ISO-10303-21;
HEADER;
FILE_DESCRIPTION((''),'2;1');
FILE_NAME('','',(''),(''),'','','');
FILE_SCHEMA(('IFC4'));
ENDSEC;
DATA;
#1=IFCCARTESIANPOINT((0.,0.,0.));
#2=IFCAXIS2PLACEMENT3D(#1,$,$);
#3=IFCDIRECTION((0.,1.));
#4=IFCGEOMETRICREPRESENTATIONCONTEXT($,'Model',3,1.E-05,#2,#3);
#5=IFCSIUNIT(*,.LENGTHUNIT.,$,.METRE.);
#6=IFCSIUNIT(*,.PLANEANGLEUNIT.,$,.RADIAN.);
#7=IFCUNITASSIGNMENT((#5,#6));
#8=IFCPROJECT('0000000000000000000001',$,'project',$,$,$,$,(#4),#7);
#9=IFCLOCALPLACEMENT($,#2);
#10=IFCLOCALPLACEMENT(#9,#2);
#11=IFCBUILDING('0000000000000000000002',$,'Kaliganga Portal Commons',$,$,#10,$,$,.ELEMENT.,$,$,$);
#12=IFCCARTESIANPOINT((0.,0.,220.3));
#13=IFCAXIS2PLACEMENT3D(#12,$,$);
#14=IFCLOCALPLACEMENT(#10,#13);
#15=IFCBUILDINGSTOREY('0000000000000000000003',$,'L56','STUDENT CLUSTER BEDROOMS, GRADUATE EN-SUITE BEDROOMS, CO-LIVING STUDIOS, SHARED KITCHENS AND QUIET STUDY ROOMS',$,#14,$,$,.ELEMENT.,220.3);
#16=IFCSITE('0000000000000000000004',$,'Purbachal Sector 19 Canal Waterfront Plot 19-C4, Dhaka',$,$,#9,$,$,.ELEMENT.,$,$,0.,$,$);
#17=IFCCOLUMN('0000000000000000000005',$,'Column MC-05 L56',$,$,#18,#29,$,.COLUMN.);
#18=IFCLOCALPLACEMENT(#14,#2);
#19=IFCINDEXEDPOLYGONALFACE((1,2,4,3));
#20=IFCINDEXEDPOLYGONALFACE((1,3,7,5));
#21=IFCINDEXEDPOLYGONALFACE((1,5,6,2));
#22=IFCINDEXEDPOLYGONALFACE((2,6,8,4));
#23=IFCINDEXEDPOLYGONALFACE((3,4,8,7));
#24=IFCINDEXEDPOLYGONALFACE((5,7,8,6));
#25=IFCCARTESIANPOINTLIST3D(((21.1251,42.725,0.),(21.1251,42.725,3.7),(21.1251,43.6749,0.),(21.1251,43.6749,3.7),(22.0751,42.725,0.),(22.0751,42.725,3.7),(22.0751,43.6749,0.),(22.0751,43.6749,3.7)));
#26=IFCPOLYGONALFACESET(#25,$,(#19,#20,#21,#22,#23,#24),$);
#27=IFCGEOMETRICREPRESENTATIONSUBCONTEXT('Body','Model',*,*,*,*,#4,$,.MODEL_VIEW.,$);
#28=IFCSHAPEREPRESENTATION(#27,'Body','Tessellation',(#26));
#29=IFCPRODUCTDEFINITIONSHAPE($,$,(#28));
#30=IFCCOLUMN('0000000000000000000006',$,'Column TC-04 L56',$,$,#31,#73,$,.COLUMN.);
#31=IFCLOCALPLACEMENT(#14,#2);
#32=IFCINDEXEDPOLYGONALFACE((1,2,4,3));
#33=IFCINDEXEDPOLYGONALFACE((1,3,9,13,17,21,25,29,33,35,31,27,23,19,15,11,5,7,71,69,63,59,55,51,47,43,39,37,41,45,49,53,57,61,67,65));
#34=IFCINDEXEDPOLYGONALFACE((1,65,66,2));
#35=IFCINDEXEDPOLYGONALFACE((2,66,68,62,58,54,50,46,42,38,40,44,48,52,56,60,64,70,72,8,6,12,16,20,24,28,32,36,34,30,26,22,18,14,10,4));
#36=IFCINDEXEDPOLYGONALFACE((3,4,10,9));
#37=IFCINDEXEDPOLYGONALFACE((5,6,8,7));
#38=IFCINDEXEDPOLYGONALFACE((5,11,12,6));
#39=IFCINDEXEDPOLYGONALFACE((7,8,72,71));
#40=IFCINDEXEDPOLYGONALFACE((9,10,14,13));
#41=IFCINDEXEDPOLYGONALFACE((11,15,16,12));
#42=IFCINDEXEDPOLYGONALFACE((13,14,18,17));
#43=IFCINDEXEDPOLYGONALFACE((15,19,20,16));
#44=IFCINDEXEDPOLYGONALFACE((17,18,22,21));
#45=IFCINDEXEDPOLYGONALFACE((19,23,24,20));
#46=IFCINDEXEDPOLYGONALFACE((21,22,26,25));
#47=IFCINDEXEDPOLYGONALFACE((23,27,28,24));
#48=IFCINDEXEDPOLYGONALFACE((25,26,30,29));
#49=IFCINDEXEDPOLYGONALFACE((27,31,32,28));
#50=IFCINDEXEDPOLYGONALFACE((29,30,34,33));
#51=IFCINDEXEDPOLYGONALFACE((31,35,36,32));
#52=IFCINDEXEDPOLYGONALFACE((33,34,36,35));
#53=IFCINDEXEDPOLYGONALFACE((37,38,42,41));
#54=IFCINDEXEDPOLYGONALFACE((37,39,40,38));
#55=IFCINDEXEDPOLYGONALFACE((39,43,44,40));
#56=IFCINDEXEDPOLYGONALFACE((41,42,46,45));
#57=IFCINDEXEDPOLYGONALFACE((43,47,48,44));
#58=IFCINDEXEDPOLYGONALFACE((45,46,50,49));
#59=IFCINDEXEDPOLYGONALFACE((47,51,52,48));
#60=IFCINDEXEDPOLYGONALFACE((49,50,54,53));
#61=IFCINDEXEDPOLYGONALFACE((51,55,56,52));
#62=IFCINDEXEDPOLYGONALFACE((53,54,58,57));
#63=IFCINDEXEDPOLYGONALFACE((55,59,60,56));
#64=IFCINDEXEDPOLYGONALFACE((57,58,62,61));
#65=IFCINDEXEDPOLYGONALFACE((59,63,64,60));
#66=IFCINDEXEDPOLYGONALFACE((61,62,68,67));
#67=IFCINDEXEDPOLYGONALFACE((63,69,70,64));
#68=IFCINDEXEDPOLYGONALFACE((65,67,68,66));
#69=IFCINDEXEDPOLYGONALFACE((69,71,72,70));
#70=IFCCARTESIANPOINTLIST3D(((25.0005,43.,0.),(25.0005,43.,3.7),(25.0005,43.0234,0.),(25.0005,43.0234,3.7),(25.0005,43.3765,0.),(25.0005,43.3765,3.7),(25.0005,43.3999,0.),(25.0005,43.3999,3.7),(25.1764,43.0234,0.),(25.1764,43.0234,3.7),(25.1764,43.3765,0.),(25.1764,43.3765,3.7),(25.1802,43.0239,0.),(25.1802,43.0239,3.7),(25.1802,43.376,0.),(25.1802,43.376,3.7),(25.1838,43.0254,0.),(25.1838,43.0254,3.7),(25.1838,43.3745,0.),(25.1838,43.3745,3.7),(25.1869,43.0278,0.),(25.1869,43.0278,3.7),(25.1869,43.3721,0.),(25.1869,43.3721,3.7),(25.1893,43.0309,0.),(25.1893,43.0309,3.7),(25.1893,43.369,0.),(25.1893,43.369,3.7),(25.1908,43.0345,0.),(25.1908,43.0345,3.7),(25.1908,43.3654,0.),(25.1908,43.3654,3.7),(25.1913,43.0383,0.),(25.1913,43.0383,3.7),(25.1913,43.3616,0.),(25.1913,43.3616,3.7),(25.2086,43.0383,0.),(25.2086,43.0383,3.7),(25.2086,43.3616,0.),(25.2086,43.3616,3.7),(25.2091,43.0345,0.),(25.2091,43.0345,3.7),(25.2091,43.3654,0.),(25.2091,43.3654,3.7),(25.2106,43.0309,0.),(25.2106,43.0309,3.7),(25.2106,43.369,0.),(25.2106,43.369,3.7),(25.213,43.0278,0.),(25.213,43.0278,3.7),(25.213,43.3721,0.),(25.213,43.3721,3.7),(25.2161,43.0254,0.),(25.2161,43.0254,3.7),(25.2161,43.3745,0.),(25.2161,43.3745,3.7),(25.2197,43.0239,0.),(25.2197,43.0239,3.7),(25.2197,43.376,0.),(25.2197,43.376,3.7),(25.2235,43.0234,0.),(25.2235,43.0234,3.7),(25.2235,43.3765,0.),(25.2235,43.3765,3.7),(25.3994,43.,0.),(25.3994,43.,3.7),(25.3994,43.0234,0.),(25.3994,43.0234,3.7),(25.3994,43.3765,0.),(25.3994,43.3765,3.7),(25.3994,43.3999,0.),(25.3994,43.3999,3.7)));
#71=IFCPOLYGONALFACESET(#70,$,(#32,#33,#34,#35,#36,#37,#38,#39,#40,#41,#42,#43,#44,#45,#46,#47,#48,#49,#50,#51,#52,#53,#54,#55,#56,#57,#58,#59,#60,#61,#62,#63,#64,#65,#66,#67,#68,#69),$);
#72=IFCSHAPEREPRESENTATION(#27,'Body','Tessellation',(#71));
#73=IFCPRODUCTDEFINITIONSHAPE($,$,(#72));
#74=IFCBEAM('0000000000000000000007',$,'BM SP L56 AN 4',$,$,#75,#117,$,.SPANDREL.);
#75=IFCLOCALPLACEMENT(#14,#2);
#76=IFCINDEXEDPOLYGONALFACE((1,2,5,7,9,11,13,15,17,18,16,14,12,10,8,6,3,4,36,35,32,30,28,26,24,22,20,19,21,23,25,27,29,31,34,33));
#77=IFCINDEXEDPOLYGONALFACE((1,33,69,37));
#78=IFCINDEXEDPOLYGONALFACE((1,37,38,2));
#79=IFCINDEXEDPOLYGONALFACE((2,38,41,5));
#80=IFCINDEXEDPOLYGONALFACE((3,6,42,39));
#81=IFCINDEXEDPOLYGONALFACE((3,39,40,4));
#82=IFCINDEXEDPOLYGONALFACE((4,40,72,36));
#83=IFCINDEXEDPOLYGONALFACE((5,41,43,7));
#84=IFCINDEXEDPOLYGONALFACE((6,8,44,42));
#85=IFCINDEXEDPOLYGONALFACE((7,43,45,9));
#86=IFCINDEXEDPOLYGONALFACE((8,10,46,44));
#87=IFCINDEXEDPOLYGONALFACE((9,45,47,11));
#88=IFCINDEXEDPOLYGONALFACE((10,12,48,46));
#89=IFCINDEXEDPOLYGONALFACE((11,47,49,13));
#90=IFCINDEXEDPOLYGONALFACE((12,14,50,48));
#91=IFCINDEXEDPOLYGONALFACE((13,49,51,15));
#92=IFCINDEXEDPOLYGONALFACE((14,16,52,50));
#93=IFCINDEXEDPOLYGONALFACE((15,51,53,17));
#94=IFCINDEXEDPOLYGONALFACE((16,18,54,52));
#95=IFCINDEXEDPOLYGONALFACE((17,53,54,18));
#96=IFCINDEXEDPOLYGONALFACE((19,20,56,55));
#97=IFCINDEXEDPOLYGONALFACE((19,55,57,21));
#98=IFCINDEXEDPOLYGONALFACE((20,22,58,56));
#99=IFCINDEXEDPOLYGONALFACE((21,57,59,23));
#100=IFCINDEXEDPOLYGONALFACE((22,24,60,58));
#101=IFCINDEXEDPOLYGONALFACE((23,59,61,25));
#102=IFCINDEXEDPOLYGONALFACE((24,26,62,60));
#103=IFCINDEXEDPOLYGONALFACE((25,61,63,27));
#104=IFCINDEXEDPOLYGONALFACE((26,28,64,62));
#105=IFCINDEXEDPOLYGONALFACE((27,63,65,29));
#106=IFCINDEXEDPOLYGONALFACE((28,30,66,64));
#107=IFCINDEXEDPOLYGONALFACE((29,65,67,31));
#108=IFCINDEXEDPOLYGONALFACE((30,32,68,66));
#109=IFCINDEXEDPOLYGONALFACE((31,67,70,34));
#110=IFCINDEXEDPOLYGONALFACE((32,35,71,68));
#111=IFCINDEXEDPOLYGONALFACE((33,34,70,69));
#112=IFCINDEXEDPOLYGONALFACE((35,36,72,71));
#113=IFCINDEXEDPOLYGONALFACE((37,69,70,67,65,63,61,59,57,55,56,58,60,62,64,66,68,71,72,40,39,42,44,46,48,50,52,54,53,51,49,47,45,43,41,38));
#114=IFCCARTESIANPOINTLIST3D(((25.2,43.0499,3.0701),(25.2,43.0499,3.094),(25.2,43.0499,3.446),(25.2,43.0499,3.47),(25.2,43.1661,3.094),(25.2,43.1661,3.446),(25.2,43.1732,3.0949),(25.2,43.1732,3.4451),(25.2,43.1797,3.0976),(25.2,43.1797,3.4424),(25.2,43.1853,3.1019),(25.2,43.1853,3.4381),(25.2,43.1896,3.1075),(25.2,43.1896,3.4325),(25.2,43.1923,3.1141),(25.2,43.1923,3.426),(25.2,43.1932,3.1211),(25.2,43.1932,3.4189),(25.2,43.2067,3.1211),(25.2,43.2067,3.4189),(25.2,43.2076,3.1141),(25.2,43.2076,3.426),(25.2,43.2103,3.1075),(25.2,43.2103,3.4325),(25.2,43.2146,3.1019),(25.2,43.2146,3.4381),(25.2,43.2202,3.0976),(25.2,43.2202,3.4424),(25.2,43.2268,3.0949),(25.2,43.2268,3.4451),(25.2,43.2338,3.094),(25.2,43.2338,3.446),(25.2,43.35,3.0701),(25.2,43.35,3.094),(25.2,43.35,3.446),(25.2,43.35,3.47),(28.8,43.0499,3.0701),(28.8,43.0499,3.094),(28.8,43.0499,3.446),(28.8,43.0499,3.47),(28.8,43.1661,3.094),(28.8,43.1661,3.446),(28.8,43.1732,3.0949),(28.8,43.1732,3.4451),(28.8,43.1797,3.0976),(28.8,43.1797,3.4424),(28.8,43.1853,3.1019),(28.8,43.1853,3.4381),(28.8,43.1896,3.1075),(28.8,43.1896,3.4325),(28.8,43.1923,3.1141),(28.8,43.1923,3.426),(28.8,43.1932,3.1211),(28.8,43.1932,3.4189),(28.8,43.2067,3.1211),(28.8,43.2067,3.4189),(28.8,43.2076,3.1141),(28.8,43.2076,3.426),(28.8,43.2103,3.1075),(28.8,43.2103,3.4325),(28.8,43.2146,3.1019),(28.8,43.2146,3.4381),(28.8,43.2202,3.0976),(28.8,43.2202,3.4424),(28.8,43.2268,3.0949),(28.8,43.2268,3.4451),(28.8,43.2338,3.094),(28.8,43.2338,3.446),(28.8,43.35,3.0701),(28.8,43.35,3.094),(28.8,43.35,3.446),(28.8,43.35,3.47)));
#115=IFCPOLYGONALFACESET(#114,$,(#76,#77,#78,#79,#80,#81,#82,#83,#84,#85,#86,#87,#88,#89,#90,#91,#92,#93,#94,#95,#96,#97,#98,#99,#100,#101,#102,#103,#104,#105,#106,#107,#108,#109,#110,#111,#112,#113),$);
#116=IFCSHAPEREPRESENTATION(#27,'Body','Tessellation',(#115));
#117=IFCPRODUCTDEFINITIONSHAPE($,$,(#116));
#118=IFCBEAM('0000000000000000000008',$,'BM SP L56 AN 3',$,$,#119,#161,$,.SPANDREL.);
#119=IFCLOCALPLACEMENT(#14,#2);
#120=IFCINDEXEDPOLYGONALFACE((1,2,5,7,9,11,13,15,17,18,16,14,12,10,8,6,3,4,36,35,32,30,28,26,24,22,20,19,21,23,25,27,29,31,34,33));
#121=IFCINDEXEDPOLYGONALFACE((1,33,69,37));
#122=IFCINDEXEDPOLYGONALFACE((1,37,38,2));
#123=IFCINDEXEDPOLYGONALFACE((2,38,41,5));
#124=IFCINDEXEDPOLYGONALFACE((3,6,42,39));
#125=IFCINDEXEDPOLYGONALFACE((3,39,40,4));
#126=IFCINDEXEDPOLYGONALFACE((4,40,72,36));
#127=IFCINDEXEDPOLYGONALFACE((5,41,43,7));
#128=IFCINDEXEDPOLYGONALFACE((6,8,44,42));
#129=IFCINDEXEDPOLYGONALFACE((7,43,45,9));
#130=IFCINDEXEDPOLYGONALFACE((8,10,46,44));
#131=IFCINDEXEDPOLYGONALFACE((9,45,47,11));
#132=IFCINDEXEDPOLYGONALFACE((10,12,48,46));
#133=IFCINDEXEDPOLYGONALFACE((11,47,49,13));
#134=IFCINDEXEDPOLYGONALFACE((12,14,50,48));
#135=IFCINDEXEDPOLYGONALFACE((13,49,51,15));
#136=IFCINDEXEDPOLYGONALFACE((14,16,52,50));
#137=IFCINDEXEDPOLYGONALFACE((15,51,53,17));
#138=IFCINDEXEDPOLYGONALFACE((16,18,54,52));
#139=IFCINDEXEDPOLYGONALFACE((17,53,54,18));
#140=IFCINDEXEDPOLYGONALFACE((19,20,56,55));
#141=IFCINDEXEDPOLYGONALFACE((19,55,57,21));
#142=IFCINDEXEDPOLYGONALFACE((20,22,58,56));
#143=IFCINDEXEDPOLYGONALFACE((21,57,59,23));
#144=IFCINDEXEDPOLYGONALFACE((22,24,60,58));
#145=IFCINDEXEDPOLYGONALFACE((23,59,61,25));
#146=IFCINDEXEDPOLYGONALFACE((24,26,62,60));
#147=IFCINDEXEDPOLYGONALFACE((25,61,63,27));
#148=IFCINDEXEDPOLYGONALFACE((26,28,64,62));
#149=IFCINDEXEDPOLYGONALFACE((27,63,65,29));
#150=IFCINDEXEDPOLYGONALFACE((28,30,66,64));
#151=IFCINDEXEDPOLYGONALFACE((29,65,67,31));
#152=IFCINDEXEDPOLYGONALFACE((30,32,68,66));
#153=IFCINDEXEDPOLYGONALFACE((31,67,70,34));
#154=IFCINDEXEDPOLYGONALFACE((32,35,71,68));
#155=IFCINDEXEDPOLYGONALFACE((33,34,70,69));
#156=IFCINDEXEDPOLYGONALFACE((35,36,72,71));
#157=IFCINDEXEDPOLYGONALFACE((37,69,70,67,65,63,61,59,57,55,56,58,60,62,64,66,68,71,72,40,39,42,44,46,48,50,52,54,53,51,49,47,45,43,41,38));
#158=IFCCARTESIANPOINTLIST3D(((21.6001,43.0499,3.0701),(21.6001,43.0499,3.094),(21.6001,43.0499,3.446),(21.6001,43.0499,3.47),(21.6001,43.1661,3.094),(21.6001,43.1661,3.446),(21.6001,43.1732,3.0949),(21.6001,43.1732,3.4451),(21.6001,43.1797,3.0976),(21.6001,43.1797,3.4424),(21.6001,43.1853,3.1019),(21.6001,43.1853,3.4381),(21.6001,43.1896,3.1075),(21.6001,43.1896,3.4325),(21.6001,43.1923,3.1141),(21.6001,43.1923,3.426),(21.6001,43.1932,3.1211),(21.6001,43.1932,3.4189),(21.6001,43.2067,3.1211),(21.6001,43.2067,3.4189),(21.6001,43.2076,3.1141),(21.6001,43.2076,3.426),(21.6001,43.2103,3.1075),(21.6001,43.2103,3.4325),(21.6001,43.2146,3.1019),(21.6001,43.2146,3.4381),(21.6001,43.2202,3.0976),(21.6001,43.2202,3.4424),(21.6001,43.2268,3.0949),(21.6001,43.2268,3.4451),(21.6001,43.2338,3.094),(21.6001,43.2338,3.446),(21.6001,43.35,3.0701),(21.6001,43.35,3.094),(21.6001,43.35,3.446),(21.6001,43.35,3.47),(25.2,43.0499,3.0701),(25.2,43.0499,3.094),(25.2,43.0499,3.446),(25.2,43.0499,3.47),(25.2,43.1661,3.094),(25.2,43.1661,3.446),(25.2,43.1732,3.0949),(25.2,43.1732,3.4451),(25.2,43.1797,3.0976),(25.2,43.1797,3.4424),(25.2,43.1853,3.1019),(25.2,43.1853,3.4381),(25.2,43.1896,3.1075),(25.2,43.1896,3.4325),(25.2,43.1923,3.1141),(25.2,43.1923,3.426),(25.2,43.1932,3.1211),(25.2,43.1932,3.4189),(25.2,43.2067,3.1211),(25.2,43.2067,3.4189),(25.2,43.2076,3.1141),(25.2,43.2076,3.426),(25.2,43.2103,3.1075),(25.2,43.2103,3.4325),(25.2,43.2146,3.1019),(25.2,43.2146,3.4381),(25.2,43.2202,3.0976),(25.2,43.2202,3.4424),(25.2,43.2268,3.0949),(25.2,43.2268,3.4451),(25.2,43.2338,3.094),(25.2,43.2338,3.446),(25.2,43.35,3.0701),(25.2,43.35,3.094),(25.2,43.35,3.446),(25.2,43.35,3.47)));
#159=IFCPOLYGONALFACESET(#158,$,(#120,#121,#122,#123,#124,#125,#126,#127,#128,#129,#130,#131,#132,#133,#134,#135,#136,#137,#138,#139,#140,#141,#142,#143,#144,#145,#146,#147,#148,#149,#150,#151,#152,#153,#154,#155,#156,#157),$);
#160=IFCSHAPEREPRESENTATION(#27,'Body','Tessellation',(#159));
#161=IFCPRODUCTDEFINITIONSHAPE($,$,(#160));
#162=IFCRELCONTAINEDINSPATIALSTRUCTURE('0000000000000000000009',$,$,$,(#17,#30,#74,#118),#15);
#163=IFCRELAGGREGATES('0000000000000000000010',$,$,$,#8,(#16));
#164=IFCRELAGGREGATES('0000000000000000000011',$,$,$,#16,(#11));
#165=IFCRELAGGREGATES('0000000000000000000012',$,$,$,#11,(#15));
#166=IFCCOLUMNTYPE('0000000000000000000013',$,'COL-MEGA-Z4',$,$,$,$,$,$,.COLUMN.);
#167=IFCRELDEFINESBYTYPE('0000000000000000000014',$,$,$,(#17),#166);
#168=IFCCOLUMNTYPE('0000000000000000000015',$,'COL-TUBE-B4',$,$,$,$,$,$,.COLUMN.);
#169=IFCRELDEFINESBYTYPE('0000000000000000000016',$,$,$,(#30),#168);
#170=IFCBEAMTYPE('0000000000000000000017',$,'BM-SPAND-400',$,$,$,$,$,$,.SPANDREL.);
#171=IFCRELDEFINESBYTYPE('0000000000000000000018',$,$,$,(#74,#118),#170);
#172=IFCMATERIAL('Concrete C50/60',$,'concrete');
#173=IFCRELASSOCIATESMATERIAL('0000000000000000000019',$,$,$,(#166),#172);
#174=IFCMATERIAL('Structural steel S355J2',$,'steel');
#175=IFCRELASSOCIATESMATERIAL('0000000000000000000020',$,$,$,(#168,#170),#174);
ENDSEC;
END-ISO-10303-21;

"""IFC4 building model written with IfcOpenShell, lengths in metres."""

from ifc_helpers import new_model, si_unit, direction, frame, origin, origin_2d, place, context, subcontext, project, spatial, rectangle, i_section, extrude, source, transform, mapped, material, material_profile, profile_set, type_object, element, save


model = new_model("IFC4")

# Units and contexts
model_context = context("Model", 3, precision=1e-05, world=origin(), true_north=direction((0.0, 1.0)))
body_context = subcontext(model_context, "Body", "Model", "MODEL_VIEW")
ifc_project = project(units=[si_unit("LENGTHUNIT", "METRE"), si_unit("PLANEANGLEUNIT", "RADIAN")], contexts=[model_context])

# Site, building, storey
site_placement = place(None, origin())
site = spatial("IfcSite", under=ifc_project, at=site_placement, Name="Purbachal Sector 19 Canal Waterfront Plot 19-C4, Dhaka", CompositionType="ELEMENT", RefElevation=0.0)
building_placement = place(site_placement, origin())
building = spatial("IfcBuilding", under=site, at=building_placement, Name="Kaliganga Portal Commons", CompositionType="ELEMENT")
storey_placement = place(building_placement, frame((0.0, 0.0, 220.3)))
storey = spatial("IfcBuildingStorey", under=building, at=storey_placement, Name="L56", Description="STUDENT CLUSTER BEDROOMS, GRADUATE EN-SUITE BEDROOMS, CO-LIVING STUDIOS, SHARED KITCHENS AND QUIET STUDY ROOMS", CompositionType="ELEMENT", Elevation=220.3)

# Columns
ifc_material_1 = material(Name="Concrete C50/60", Category="concrete")
ifc_material_profile_1 = material_profile(ifc_material_1, rectangle(XDim=0.95, YDim=0.95, at=origin_2d()), Name="RC 950x950")
ifc_profile_set_1 = profile_set([ifc_material_profile_1], Name="Concrete C50/60")
column_type_1 = type_object("IfcColumnType", Name="COL-MEGA-Z4", PredefinedType="COLUMN", material=ifc_profile_set_1)
shared_shape_1 = source(origin(), body_context, "Body", "SweptSolid", [
    extrude(rectangle(XDim=0.95, YDim=0.95, at=origin_2d()), origin(), (0.0, 0.0, 1.0), 3.7),
])
column_1_placement = place(storey_placement, frame((21.6001, 43.2, 0.0), z_axis=(0.0, 0.0, 1.0), x_axis=(1.0, 0.0, 0.0)))
element("IfcColumn", 1, at=column_1_placement, inside=storey, type_object=column_type_1, Name="Column MC-05 L56", PredefinedType="COLUMN", context=body_context, shape_type="MappedRepresentation", body=[
    mapped(shared_shape_1, transform((0.0, 0.0, 0.0), x_axis=(1.0, 0.0, 0.0), y_axis=(0.0, 1.0, 0.0), z_axis=(0.0, 0.0, 1.0), scale=1.0)),
])
ifc_material_2 = material(Name="Structural steel S355J2", Category="steel")
ifc_material_profile_2 = material_profile(ifc_material_2, i_section(OverallWidth=0.3989, OverallDepth=0.3999, WebThickness=0.0173, FlangeThickness=0.0234, FilletRadius=0.0149, at=origin_2d()), Name="HD 400x287")
ifc_profile_set_2 = profile_set([ifc_material_profile_2], Name="Structural steel S355J2 wide-flange")
column_type_2 = type_object("IfcColumnType", Name="COL-TUBE-B4", PredefinedType="COLUMN", material=ifc_profile_set_2)
shared_shape_2 = source(origin(), body_context, "Body", "SweptSolid", [
    extrude(i_section(OverallWidth=0.3989, OverallDepth=0.3999, WebThickness=0.0173, FlangeThickness=0.0234, FilletRadius=0.0149, at=origin_2d()), origin(), (0.0, 0.0, 1.0), 3.7),
])
column_2_placement = place(storey_placement, frame((25.2, 43.2, 0.0), z_axis=(0.0, 0.0, 1.0), x_axis=(1.0, 0.0, 0.0)))
element("IfcColumn", 2, at=column_2_placement, inside=storey, type_object=column_type_2, Name="Column TC-04 L56", PredefinedType="COLUMN", context=body_context, shape_type="MappedRepresentation", body=[
    mapped(shared_shape_2, transform((0.0, 0.0, 0.0), x_axis=(1.0, 0.0, 0.0), y_axis=(0.0, 1.0, 0.0), z_axis=(0.0, 0.0, 1.0), scale=1.0)),
])

# Beams
ifc_material_profile_3 = material_profile(ifc_material_2, i_section(OverallWidth=0.3, OverallDepth=0.3999, WebThickness=0.0134, FlangeThickness=0.0239, FilletRadius=0.0271, at=origin_2d()), Name="HE 400 B")
ifc_profile_set_3 = profile_set([ifc_material_profile_3], Name="Structural steel S355J2 wide-flange")
beam_type_1 = type_object("IfcBeamType", Name="BM-SPAND-400", PredefinedType="SPANDREL", material=ifc_profile_set_3)
shared_shape_3 = source(origin(), body_context, "Body", "SweptSolid", [
    extrude(i_section(OverallWidth=0.3, OverallDepth=0.3999, WebThickness=0.0134, FlangeThickness=0.0239, FilletRadius=0.0271, at=origin_2d()), origin(), (0.0, 0.0, 1.0), 3.6001),
])
beam_1_placement = place(storey_placement, frame((25.2, 43.2, 3.27), z_axis=(1.0, 0.0, 0.0), x_axis=(0.0, 1.0, 0.0)))
element("IfcBeam", 3, at=beam_1_placement, inside=storey, type_object=beam_type_1, Name="BM SP L56 AN 4", PredefinedType="SPANDREL", context=body_context, shape_type="MappedRepresentation", body=[
    mapped(shared_shape_3, transform((0.0, 0.0, 0.0), x_axis=(1.0, 0.0, 0.0), y_axis=(0.0, 1.0, 0.0), z_axis=(0.0, 0.0, 1.0), scale=1.0)),
])
shared_shape_4 = source(origin(), body_context, "Body", "SweptSolid", [
    extrude(i_section(OverallWidth=0.3, OverallDepth=0.3999, WebThickness=0.0134, FlangeThickness=0.0239, FilletRadius=0.0271, at=origin_2d()), origin(), (0.0, 0.0, 1.0), 3.5999),
])
beam_2_placement = place(storey_placement, frame((21.6001, 43.2, 3.27), z_axis=(1.0, 0.0, 0.0), x_axis=(0.0, 1.0, 0.0)))
element("IfcBeam", 4, at=beam_2_placement, inside=storey, type_object=beam_type_1, Name="BM SP L56 AN 3", PredefinedType="SPANDREL", context=body_context, shape_type="MappedRepresentation", body=[
    mapped(shared_shape_4, transform((0.0, 0.0, 0.0), x_axis=(1.0, 0.0, 0.0), y_axis=(0.0, 1.0, 0.0), z_axis=(0.0, 0.0, 1.0), scale=1.0)),
])

save(model, "model.ifc")
